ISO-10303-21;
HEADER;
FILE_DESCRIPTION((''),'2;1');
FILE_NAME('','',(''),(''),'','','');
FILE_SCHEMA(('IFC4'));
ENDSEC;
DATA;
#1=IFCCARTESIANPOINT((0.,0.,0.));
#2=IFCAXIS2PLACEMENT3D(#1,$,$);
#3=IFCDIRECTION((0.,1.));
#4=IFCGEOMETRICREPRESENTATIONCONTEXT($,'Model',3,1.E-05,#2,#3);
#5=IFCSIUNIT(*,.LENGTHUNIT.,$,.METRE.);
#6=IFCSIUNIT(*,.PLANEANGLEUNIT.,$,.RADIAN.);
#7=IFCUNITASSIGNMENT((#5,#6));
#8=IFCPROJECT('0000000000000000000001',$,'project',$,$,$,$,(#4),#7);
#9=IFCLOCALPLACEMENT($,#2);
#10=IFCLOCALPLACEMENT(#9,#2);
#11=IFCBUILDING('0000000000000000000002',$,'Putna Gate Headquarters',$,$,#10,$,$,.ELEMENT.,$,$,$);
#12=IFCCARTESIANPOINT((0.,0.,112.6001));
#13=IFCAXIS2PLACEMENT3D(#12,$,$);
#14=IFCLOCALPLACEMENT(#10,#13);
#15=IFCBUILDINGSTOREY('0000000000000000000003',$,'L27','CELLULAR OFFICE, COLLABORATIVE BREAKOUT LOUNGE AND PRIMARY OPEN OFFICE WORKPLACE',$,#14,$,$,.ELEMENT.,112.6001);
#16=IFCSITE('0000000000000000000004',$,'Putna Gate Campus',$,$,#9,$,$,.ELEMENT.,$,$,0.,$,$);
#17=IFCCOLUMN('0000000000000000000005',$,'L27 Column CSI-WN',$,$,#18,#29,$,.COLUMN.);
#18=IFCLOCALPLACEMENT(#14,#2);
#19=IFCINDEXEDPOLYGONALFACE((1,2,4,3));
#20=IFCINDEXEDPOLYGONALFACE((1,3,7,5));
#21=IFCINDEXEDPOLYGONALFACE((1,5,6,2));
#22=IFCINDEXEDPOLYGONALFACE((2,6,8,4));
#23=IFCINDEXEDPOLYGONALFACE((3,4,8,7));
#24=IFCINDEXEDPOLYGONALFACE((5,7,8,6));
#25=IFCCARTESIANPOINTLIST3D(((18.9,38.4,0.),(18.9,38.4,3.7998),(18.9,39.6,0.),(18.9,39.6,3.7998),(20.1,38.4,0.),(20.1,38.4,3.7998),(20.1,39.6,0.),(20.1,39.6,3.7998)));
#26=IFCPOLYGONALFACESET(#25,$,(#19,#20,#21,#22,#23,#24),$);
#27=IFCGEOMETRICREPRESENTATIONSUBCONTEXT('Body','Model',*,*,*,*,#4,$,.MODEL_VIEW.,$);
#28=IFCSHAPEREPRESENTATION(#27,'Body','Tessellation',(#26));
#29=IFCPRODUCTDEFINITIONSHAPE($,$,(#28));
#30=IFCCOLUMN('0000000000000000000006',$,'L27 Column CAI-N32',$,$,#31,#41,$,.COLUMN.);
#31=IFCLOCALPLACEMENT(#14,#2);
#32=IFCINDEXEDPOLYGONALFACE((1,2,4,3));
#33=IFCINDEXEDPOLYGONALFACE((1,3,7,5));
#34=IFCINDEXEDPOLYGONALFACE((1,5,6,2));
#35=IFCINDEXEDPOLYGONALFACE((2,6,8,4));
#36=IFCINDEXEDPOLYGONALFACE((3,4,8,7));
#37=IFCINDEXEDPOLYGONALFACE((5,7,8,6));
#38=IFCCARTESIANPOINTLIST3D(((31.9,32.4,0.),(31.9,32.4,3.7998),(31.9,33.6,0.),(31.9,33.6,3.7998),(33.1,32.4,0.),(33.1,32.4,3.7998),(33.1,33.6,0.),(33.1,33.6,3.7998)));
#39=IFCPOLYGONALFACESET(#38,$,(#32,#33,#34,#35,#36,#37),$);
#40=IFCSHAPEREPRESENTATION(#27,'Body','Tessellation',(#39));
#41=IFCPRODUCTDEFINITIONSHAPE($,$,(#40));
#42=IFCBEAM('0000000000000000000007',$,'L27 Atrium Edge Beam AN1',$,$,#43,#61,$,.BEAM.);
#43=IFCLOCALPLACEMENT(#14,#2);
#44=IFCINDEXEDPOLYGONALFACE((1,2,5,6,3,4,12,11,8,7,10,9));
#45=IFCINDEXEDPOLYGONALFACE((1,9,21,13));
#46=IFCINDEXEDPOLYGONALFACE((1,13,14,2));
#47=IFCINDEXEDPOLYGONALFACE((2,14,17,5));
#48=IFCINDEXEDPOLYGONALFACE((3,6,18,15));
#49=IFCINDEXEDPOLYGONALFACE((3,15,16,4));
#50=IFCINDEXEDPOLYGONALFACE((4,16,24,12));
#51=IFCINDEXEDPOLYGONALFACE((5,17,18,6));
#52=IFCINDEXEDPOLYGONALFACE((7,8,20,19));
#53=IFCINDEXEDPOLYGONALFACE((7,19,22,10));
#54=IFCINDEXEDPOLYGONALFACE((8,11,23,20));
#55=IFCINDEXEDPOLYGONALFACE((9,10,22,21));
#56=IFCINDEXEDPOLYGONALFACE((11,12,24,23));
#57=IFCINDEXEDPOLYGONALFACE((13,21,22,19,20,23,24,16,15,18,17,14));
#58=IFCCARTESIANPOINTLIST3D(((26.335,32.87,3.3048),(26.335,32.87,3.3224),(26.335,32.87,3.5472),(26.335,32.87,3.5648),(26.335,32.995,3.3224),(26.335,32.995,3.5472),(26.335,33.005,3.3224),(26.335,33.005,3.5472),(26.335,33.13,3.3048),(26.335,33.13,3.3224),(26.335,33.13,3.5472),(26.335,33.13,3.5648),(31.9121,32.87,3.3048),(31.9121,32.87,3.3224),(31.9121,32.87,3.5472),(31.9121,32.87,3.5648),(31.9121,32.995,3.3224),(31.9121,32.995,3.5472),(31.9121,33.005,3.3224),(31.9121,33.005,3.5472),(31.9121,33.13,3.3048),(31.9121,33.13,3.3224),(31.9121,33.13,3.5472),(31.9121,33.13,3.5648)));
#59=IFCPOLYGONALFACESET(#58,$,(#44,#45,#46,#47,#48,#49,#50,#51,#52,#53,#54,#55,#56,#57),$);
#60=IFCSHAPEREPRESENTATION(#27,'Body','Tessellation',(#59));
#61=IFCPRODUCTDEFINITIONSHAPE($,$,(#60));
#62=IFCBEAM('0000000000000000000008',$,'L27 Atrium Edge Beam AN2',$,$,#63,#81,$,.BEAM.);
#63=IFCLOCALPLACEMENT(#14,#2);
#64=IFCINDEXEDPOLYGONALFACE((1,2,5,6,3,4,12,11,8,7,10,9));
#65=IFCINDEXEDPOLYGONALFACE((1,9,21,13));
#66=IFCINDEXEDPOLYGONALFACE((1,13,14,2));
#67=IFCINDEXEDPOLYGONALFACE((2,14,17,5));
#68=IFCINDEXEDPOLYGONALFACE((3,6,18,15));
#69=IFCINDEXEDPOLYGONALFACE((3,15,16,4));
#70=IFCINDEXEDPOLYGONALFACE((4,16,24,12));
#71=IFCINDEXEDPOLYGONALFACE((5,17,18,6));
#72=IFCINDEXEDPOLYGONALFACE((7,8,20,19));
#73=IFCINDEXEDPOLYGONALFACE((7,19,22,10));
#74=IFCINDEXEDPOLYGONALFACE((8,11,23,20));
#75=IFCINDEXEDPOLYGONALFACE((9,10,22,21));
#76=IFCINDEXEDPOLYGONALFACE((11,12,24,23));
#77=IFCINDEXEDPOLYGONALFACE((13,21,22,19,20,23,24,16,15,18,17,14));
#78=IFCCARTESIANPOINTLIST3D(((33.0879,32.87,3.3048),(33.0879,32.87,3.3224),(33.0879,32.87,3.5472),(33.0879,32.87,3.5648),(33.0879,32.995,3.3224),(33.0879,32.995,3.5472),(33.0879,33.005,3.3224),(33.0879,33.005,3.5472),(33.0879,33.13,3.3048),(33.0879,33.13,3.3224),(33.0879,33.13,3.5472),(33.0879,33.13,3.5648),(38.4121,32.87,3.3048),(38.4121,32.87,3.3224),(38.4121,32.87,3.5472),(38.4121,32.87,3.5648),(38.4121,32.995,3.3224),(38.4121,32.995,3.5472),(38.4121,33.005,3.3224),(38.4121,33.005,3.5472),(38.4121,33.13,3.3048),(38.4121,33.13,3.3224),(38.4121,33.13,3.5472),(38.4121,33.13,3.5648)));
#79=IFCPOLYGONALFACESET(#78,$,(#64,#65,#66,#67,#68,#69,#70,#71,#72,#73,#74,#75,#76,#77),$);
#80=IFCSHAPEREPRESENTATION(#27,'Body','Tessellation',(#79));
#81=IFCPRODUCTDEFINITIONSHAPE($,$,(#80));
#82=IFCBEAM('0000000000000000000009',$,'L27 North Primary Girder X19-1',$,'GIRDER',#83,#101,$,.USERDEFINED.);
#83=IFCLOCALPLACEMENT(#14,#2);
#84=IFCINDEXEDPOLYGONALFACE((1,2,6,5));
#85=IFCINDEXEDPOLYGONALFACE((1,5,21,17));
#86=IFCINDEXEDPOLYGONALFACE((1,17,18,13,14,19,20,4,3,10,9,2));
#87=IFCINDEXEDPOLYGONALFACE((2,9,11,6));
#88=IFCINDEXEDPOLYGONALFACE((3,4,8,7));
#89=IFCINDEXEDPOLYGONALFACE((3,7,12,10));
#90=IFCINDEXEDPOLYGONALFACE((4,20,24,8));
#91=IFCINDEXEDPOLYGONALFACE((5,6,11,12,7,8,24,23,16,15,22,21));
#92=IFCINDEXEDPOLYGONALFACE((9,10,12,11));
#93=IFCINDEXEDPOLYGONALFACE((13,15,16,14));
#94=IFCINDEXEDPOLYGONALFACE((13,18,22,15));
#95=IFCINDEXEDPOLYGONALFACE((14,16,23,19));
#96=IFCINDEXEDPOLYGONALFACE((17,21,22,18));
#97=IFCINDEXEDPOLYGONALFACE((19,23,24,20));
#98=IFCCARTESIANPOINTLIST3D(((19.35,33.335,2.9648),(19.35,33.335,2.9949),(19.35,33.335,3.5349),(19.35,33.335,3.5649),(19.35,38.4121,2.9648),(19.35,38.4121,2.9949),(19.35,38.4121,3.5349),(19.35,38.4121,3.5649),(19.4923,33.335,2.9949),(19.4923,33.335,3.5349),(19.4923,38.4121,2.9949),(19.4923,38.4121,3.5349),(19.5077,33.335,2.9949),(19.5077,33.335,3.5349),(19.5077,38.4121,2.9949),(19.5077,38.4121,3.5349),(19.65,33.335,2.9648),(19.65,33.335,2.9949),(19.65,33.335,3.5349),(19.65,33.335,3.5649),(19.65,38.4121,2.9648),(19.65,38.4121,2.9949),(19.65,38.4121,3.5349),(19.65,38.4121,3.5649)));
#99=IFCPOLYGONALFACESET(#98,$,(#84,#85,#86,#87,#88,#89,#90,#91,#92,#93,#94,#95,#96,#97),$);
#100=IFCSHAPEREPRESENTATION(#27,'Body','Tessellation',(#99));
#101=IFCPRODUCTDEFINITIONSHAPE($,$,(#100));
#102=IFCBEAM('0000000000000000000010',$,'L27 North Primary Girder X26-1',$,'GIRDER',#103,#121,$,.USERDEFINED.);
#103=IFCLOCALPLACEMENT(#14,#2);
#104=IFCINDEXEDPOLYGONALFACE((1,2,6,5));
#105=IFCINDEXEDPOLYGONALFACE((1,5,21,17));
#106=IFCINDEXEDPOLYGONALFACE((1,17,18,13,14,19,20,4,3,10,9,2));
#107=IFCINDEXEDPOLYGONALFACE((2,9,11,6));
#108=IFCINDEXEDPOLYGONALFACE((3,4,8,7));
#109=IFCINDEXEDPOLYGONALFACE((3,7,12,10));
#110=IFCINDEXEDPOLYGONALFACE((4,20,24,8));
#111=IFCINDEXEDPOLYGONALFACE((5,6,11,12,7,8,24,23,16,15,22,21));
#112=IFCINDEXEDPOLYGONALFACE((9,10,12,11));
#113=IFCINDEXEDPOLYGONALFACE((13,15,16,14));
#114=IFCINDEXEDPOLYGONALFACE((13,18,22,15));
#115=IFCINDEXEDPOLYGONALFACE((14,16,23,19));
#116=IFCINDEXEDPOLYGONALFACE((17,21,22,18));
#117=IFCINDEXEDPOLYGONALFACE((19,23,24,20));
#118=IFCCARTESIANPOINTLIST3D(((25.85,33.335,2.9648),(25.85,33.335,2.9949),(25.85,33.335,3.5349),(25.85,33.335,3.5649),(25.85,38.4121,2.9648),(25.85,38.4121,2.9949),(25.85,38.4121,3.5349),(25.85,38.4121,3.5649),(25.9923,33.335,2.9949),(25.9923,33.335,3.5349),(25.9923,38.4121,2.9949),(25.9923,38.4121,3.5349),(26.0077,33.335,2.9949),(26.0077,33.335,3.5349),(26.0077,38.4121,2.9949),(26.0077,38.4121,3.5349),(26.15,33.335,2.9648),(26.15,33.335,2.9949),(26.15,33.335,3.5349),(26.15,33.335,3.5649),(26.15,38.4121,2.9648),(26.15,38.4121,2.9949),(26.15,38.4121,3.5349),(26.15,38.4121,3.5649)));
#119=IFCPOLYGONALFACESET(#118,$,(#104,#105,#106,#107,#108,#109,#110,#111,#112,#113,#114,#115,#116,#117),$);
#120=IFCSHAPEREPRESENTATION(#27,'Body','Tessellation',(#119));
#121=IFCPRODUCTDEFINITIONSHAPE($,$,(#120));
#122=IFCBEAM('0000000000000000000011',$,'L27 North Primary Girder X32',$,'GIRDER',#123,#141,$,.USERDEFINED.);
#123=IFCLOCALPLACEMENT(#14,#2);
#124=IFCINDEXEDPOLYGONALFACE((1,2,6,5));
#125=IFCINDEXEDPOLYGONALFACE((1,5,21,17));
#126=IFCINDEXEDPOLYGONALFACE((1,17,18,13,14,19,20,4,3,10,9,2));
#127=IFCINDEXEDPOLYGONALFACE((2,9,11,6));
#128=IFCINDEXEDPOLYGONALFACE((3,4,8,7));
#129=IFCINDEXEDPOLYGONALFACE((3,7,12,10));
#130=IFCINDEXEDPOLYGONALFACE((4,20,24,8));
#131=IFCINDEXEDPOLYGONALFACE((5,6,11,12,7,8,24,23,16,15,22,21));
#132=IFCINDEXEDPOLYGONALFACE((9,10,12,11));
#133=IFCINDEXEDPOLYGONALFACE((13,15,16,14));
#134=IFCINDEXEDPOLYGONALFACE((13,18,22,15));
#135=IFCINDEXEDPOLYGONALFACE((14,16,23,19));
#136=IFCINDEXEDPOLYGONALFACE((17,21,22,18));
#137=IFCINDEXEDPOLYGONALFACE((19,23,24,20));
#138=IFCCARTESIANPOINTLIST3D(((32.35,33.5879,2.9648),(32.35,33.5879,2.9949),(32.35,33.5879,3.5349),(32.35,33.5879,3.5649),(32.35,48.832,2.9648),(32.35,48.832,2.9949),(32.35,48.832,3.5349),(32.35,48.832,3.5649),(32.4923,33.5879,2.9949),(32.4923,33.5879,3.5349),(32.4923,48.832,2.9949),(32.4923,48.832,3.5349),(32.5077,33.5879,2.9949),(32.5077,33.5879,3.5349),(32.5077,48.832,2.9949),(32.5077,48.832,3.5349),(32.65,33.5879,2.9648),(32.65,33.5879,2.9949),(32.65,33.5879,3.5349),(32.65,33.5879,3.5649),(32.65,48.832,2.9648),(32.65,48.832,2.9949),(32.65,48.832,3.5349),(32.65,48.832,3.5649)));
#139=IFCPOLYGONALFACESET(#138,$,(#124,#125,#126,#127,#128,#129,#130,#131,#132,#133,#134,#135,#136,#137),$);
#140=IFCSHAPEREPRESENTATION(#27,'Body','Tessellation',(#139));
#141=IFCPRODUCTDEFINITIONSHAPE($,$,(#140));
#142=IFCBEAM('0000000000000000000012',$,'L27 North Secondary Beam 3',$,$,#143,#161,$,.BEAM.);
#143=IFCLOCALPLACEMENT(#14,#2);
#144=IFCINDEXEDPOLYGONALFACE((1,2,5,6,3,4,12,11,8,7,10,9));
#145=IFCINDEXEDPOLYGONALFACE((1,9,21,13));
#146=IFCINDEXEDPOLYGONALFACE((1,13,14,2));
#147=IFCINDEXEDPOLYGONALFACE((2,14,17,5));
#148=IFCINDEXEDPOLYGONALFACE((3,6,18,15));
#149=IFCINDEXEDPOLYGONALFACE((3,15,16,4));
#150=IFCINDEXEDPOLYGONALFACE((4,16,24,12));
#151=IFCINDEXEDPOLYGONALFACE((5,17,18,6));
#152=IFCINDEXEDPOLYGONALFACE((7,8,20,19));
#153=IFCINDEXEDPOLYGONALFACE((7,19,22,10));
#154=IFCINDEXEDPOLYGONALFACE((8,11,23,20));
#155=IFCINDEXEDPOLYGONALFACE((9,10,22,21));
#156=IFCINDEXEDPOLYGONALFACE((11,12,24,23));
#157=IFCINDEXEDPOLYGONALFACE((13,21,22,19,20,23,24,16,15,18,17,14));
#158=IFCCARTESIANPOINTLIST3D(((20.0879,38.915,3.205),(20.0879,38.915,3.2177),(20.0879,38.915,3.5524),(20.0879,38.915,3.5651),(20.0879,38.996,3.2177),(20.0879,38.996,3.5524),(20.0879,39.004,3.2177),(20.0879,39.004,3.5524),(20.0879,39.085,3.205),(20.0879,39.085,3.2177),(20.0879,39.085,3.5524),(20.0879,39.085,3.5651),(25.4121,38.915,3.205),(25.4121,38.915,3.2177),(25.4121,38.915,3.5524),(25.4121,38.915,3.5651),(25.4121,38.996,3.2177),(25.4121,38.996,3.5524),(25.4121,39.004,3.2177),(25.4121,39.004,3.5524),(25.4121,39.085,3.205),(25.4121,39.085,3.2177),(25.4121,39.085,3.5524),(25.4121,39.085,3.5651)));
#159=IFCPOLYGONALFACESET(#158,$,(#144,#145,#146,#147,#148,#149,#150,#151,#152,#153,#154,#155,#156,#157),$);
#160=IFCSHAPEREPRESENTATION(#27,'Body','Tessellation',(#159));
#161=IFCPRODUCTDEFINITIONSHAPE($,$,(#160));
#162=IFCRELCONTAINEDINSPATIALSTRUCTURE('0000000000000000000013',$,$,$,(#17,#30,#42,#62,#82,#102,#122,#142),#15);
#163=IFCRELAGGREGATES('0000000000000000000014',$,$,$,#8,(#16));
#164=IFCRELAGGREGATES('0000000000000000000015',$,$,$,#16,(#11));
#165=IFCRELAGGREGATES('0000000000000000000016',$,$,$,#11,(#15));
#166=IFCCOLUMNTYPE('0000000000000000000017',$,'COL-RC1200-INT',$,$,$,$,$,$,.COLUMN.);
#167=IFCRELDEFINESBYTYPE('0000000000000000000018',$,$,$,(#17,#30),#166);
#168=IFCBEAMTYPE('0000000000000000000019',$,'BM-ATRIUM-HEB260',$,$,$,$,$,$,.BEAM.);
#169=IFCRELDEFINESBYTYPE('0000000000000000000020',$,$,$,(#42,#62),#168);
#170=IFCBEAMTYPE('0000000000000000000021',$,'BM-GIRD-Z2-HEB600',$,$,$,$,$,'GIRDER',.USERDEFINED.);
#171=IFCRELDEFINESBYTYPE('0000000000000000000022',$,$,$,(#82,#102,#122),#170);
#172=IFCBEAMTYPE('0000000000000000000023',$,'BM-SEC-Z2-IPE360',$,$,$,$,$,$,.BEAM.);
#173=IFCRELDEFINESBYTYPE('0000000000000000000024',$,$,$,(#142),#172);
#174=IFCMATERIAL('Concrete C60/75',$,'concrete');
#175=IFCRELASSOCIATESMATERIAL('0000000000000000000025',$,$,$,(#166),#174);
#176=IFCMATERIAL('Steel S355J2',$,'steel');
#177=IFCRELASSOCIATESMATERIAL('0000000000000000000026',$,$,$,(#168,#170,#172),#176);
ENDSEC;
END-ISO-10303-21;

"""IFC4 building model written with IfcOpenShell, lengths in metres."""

from ifc_helpers import new_model, si_unit, direction, frame, origin, origin_2d, place, context, subcontext, project, spatial, rectangle, i_section, extrude, material, material_profile, profile_set, type_object, element, save


model = new_model("IFC4")

# Units and contexts
model_context = context("Model", 3, precision=1e-05, world=origin(), true_north=direction((0.0, 1.0)))
body_context = subcontext(model_context, "Body", "Model", "MODEL_VIEW")
ifc_project = project(units=[si_unit("LENGTHUNIT", "METRE"), si_unit("PLANEANGLEUNIT", "RADIAN")], contexts=[model_context])

# Site, building, storey
site_placement = place(None, origin())
site = spatial("IfcSite", under=ifc_project, at=site_placement, Name="Putna Gate Campus", CompositionType="ELEMENT", RefElevation=0.0)
building_placement = place(site_placement, origin())
building = spatial("IfcBuilding", under=site, at=building_placement, Name="Putna Gate Headquarters", CompositionType="ELEMENT")
storey_placement = place(building_placement, frame((0.0, 0.0, 112.6001)))
storey = spatial("IfcBuildingStorey", under=building, at=storey_placement, Name="L27", Description="CELLULAR OFFICE, COLLABORATIVE BREAKOUT LOUNGE AND PRIMARY OPEN OFFICE WORKPLACE", CompositionType="ELEMENT", Elevation=112.6001)

# Columns
ifc_material_1 = material(Name="Concrete C60/75", Category="concrete")
ifc_material_profile_1 = material_profile(ifc_material_1, rectangle(XDim=1.2, YDim=1.2, at=origin_2d()), Name="Concrete C60/75")
ifc_profile_set_1 = profile_set([ifc_material_profile_1], Name="Concrete C60/75")
column_type = type_object("IfcColumnType", Name="COL-RC1200-INT", PredefinedType="COLUMN", material=ifc_profile_set_1)
for number, where, z_axis, x_axis, name in (
    (1, (19.5, 39.0, 0.0), (0.0, 0.0, 1.0), (1.0, 0.0, 0.0), "L27 Column CSI-WN"),
    (2, (32.5, 33.0, 0.0), (0.0, 0.0, 1.0), (1.0, 0.0, 0.0), "L27 Column CAI-N32"),
):
    element("IfcColumn", number, at=place(storey_placement, frame(where, z_axis=z_axis, x_axis=x_axis)), inside=storey, type_object=column_type, Name=name, PredefinedType="COLUMN", context=body_context, shape_type="SweptSolid", body=[
        extrude(rectangle(XDim=1.2, YDim=1.2, at=origin_2d()), origin(), (0.0, 0.0, 1.0), 3.7998),
    ])

# Beams
ifc_material_2 = material(Name="Steel S355J2", Category="steel")
ifc_material_profile_2 = material_profile(ifc_material_2, i_section(OverallWidth=0.26, OverallDepth=0.26, WebThickness=0.01, FlangeThickness=0.0176, at=origin_2d()), Name="Steel S355J2")
ifc_profile_set_2 = profile_set([ifc_material_profile_2], Name="Steel S355J2")
beam_type_1 = type_object("IfcBeamType", Name="BM-ATRIUM-HEB260", PredefinedType="BEAM", material=ifc_profile_set_2)
beam_1_placement = place(storey_placement, frame((26.335, 33.0, 3.4348), z_axis=(1.0, 0.0, 0.0), x_axis=(0.0, 1.0, 0.0)))
element("IfcBeam", 3, at=beam_1_placement, inside=storey, type_object=beam_type_1, Name="L27 Atrium Edge Beam AN1", PredefinedType="BEAM", context=body_context, shape_type="SweptSolid", body=[
    extrude(i_section(OverallWidth=0.26, OverallDepth=0.26, WebThickness=0.01, FlangeThickness=0.0176, at=origin_2d()), origin(), (0.0, 0.0, 1.0), 5.5771),
])
beam_2_placement = place(storey_placement, frame((33.0879, 33.0, 3.4348), z_axis=(1.0, 0.0, 0.0), x_axis=(0.0, 1.0, 0.0)))
element("IfcBeam", 4, at=beam_2_placement, inside=storey, type_object=beam_type_1, Name="L27 Atrium Edge Beam AN2", PredefinedType="BEAM", context=body_context, shape_type="SweptSolid", body=[
    extrude(i_section(OverallWidth=0.26, OverallDepth=0.26, WebThickness=0.01, FlangeThickness=0.0176, at=origin_2d()), origin(), (0.0, 0.0, 1.0), 5.3242),
])
ifc_material_profile_3 = material_profile(ifc_material_2, i_section(OverallWidth=0.3, OverallDepth=0.6001, WebThickness=0.0154, FlangeThickness=0.03, at=origin_2d()), Name="Steel S355J2")
ifc_profile_set_3 = profile_set([ifc_material_profile_3], Name="Steel S355J2")
beam_type_2 = type_object("IfcBeamType", Name="BM-GIRD-Z2-HEB600", ElementType="GIRDER", PredefinedType="USERDEFINED", material=ifc_profile_set_3)
for number, where, z_axis, x_axis, name in (
    (5, (19.5, 33.335, 3.2649), (0.0, 1.0, 0.0), (-1.0, 0.0, 0.0), "L27 North Primary Girder X19-1"),
    (6, (26.0, 33.335, 3.2649), (0.0, 1.0, 0.0), (-1.0, 0.0, 0.0), "L27 North Primary Girder X26-1"),
):
    element("IfcBeam", number, at=place(storey_placement, frame(where, z_axis=z_axis, x_axis=x_axis)), inside=storey, type_object=beam_type_2, Name=name, ObjectType="GIRDER", PredefinedType="USERDEFINED", context=body_context, shape_type="SweptSolid", body=[
        extrude(i_section(OverallWidth=0.3, OverallDepth=0.6001, WebThickness=0.0154, FlangeThickness=0.03, at=origin_2d()), origin(), (0.0, 0.0, 1.0), 5.0771),
    ])
beam_3_placement = place(storey_placement, frame((32.5, 33.5879, 3.2649), z_axis=(0.0, 1.0, 0.0), x_axis=(-1.0, 0.0, 0.0)))
element("IfcBeam", 7, at=beam_3_placement, inside=storey, type_object=beam_type_2, Name="L27 North Primary Girder X32", ObjectType="GIRDER", PredefinedType="USERDEFINED", context=body_context, shape_type="SweptSolid", body=[
    extrude(i_section(OverallWidth=0.3, OverallDepth=0.6001, WebThickness=0.0154, FlangeThickness=0.03, at=origin_2d()), origin(), (0.0, 0.0, 1.0), 15.2441),
])
ifc_material_profile_4 = material_profile(ifc_material_2, i_section(OverallWidth=0.1699, OverallDepth=0.3601, WebThickness=0.0081, FlangeThickness=0.0127, at=origin_2d()), Name="Steel S355J2")
ifc_profile_set_4 = profile_set([ifc_material_profile_4], Name="Steel S355J2")
beam_type_3 = type_object("IfcBeamType", Name="BM-SEC-Z2-IPE360", PredefinedType="BEAM", material=ifc_profile_set_4)
beam_4_placement = place(storey_placement, frame((20.0879, 39.0, 3.385), z_axis=(1.0, 0.0, 0.0), x_axis=(0.0, 1.0, 0.0)))
element("IfcBeam", 8, at=beam_4_placement, inside=storey, type_object=beam_type_3, Name="L27 North Secondary Beam 3", PredefinedType="BEAM", context=body_context, shape_type="SweptSolid", body=[
    extrude(i_section(OverallWidth=0.1699, OverallDepth=0.3601, WebThickness=0.0081, FlangeThickness=0.0127, at=origin_2d()), origin(), (0.0, 0.0, 1.0), 5.3242),
])

save(model, "model.ifc")
